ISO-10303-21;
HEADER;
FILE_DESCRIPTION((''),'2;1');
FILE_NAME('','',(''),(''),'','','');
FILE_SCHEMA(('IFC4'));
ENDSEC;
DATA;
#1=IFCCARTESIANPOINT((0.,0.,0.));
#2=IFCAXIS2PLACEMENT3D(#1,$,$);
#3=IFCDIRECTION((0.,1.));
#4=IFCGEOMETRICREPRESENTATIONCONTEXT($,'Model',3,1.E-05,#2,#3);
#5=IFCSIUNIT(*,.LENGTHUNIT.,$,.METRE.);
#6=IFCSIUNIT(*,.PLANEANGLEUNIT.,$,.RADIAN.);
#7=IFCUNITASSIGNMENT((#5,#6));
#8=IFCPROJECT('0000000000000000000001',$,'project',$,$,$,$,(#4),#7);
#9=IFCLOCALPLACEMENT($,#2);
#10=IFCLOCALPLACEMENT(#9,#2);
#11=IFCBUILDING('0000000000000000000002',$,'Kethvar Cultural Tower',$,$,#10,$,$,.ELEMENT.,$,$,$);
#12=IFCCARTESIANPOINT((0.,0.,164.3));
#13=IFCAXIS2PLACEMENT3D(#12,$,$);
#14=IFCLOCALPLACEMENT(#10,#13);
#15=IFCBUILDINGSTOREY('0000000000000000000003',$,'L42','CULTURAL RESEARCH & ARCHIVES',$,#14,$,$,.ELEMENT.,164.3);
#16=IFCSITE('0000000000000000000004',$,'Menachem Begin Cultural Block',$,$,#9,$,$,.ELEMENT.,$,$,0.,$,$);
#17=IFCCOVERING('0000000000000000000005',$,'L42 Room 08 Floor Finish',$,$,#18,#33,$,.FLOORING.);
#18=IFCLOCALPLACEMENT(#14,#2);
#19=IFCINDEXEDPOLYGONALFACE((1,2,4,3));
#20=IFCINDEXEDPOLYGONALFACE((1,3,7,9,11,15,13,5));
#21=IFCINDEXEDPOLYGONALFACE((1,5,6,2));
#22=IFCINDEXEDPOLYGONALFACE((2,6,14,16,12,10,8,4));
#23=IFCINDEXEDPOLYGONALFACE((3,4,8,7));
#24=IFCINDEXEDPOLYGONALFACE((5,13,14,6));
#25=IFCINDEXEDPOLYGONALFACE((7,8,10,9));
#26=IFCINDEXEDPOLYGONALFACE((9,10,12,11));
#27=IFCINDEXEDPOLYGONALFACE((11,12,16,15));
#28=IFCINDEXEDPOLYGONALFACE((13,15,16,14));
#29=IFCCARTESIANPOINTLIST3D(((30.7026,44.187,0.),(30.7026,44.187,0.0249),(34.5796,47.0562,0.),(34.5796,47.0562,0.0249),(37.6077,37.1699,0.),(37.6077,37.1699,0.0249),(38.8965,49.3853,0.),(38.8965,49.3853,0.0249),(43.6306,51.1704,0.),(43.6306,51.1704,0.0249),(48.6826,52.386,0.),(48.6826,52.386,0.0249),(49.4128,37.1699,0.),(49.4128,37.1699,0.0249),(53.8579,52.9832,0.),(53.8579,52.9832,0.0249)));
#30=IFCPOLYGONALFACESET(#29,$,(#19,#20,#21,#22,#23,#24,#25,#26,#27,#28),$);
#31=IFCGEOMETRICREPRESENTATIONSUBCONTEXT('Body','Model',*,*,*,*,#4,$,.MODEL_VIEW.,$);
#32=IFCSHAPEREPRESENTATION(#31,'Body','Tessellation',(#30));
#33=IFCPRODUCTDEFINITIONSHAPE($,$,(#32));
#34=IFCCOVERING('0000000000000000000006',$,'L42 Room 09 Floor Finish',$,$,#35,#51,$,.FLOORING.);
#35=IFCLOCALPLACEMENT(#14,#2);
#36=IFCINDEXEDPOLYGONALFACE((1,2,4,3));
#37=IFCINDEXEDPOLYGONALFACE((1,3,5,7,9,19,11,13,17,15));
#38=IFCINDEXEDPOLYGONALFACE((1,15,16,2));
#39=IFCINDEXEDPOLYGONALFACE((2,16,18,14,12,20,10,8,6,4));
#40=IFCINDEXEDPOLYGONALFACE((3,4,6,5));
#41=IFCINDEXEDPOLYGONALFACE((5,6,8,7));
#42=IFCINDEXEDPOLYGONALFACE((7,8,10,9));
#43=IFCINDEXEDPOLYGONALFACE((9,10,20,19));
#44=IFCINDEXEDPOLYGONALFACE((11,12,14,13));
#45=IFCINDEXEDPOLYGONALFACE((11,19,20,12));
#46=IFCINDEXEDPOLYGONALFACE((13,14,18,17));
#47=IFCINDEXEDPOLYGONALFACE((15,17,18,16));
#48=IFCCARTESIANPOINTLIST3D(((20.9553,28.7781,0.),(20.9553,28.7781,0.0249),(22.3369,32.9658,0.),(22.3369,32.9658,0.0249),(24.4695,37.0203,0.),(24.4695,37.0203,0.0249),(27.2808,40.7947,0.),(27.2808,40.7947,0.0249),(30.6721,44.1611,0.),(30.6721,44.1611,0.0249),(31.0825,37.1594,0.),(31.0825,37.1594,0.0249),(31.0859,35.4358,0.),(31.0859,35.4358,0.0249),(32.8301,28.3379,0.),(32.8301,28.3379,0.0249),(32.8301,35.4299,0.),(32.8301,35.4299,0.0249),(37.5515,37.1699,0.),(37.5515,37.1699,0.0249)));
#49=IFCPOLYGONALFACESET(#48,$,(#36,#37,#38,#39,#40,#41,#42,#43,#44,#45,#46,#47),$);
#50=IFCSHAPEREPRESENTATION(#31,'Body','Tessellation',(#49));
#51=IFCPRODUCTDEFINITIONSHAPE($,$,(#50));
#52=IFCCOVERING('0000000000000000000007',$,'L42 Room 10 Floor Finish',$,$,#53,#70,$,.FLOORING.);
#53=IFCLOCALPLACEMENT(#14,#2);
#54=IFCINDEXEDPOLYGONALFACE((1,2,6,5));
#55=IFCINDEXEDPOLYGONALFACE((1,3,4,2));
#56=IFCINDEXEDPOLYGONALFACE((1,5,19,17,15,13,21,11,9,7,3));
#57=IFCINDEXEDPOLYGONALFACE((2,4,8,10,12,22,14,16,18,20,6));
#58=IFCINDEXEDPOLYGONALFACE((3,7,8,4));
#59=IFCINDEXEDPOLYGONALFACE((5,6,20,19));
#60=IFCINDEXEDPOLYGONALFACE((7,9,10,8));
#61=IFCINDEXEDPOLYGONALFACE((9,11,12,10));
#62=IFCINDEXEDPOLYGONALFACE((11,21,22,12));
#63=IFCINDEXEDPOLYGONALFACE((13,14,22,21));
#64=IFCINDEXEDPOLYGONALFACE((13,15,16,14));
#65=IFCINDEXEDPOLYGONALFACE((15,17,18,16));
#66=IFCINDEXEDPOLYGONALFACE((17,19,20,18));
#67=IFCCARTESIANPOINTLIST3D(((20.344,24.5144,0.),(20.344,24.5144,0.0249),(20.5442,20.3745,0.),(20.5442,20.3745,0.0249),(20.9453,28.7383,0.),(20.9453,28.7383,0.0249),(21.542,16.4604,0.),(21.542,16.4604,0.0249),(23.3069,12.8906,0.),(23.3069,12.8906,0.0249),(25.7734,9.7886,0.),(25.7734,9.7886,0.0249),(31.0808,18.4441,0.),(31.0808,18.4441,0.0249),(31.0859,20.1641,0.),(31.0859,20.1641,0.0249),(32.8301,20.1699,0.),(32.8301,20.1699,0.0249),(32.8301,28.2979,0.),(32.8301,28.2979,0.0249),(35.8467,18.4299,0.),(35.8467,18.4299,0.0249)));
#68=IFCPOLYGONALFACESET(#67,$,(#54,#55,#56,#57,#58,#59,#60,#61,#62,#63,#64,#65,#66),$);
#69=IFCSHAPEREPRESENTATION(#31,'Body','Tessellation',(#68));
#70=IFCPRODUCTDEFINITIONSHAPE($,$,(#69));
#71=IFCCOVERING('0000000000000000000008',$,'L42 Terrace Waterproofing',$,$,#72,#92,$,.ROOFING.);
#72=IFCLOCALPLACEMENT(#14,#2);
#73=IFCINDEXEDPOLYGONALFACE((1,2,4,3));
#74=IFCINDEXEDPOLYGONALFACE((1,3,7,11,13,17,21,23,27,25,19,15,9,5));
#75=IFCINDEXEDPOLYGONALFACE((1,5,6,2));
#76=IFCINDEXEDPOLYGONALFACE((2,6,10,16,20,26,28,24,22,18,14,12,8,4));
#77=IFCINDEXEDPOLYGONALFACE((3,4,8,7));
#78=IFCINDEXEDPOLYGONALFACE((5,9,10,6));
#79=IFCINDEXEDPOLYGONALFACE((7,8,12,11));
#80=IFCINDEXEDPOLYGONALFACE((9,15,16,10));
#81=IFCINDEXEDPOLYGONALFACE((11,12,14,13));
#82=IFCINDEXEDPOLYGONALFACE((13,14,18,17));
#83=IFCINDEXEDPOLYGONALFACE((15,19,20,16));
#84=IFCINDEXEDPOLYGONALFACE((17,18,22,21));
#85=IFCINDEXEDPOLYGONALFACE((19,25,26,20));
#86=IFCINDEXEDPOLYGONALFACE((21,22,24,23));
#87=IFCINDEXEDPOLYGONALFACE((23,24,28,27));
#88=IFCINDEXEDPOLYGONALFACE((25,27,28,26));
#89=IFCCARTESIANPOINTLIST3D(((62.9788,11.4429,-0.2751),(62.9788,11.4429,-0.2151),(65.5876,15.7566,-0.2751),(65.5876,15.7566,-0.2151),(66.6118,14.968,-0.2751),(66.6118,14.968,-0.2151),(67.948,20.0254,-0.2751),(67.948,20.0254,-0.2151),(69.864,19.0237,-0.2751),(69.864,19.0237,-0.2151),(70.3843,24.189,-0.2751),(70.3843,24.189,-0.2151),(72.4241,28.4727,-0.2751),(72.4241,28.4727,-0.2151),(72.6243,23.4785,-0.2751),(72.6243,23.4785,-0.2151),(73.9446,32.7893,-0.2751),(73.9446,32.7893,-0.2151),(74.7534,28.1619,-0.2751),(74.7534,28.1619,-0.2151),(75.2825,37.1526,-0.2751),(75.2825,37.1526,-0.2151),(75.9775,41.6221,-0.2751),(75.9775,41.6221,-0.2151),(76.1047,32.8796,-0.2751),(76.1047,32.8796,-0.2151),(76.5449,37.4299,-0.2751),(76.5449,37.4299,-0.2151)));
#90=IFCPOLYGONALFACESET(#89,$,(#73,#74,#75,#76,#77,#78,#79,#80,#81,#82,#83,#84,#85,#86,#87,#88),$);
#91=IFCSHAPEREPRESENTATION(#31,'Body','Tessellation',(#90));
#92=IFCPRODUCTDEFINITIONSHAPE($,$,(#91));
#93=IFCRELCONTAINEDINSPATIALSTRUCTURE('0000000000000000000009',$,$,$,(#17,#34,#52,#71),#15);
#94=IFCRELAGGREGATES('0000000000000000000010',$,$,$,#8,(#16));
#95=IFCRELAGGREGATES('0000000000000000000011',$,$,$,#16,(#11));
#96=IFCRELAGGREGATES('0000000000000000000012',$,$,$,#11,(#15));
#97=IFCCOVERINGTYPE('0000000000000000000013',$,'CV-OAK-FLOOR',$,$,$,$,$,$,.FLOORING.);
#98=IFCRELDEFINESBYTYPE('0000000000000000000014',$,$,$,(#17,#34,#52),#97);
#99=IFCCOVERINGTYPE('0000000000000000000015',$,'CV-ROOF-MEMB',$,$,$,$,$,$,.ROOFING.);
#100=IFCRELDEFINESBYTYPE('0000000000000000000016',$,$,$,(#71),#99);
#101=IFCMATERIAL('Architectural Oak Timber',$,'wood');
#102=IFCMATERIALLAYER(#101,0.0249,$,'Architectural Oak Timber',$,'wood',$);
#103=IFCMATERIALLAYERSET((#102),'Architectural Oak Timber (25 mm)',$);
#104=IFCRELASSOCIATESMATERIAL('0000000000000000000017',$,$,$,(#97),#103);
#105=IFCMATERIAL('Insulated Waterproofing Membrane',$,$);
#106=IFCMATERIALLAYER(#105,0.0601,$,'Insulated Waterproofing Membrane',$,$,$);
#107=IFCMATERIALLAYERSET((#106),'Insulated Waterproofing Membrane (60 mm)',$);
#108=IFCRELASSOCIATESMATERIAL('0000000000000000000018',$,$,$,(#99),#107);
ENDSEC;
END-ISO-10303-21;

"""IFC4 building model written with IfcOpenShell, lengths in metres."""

from ifc_helpers import new_model, si_unit, direction, frame, origin, place, context, subcontext, project, spatial, polyline, outline, extrude, material, layer, layer_set, type_object, element, save


model = new_model("IFC4")

# Units and contexts
model_context = context("Model", 3, precision=1e-05, world=origin(), true_north=direction((0.0, 1.0)))
body_context = subcontext(model_context, "Body", "Model", "MODEL_VIEW")
ifc_project = project(units=[si_unit("LENGTHUNIT", "METRE"), si_unit("PLANEANGLEUNIT", "RADIAN")], contexts=[model_context])

# Site, building, storey
site_placement = place(None, origin())
site = spatial("IfcSite", under=ifc_project, at=site_placement, Name="Menachem Begin Cultural Block", CompositionType="ELEMENT", RefElevation=0.0)
building_placement = place(site_placement, origin())
building = spatial("IfcBuilding", under=site, at=building_placement, Name="Kethvar Cultural Tower", CompositionType="ELEMENT")
storey_placement = place(building_placement, frame((0.0, 0.0, 164.3)))
storey = spatial("IfcBuildingStorey", under=building, at=storey_placement, Name="L42", Description="CULTURAL RESEARCH & ARCHIVES", CompositionType="ELEMENT", Elevation=164.3)

# Coverings
ifc_material_1 = material(Name="Architectural Oak Timber", Category="wood")
ifc_layer_1 = layer(ifc_material_1, 0.0249, Name="Architectural Oak Timber", Category="wood")
ifc_layer_set_1 = layer_set([ifc_layer_1], Name="Architectural Oak Timber (25 mm)")
covering_type_1 = type_object("IfcCoveringType", Name="CV-OAK-FLOOR", PredefinedType="FLOORING", material=ifc_layer_set_1)
covering_1_placement = place(storey_placement, origin())
element("IfcCovering", 1, at=covering_1_placement, inside=storey, type_object=covering_type_1, Name="L42 Room 08 Floor Finish", PredefinedType="FLOORING", context=body_context, shape_type="SweptSolid", body=[
    extrude(outline(polyline([(34.5796, 47.0562), (38.8965, 49.3853), (43.6306, 51.1704), (48.6826, 52.386), (53.8579, 52.9832), (49.4128, 37.1699), (37.6077, 37.1699), (30.7026, 44.187), (34.5796, 47.0562)])), origin(), (0.0, 0.0, 1.0), 0.0249),
])
covering_2_placement = place(storey_placement, origin())
element("IfcCovering", 2, at=covering_2_placement, inside=storey, type_object=covering_type_1, Name="L42 Room 09 Floor Finish", PredefinedType="FLOORING", context=body_context, shape_type="SweptSolid", body=[
    extrude(outline(polyline([(20.9553, 28.7781), (22.3369, 32.9658), (24.4695, 37.0203), (27.2808, 40.7947), (30.6721, 44.1611), (37.5515, 37.1699), (31.0825, 37.1594), (31.0859, 35.4358), (32.8301, 35.4299), (32.8301, 28.3379), (20.9553, 28.7781)])), origin(), (0.0, 0.0, 1.0), 0.0249),
])
covering_3_placement = place(storey_placement, origin())
element("IfcCovering", 3, at=covering_3_placement, inside=storey, type_object=covering_type_1, Name="L42 Room 10 Floor Finish", PredefinedType="FLOORING", context=body_context, shape_type="SweptSolid", body=[
    extrude(outline(polyline([(23.3069, 12.8906), (21.542, 16.4604), (20.5442, 20.3745), (20.344, 24.5144), (20.9453, 28.7383), (32.8301, 28.2979), (32.8301, 20.1699), (31.0859, 20.1641), (31.0808, 18.4441), (35.8467, 18.4299), (25.7734, 9.7886), (23.3069, 12.8906)])), origin(), (0.0, 0.0, 1.0), 0.0249),
])
ifc_material_2 = material(Name="Insulated Waterproofing Membrane")
ifc_layer_2 = layer(ifc_material_2, 0.0601, Name="Insulated Waterproofing Membrane")
ifc_layer_set_2 = layer_set([ifc_layer_2], Name="Insulated Waterproofing Membrane (60 mm)")
covering_type_2 = type_object("IfcCoveringType", Name="CV-ROOF-MEMB", PredefinedType="ROOFING", material=ifc_layer_set_2)
covering_4_placement = place(storey_placement, frame((0.0, 0.0, -0.2751)))
element("IfcCovering", 4, at=covering_4_placement, inside=storey, type_object=covering_type_2, Name="L42 Terrace Waterproofing", PredefinedType="ROOFING", context=body_context, shape_type="SweptSolid", body=[
    extrude(outline(polyline([(62.9788, 11.4429), (66.6118, 14.968), (69.864, 19.0237), (72.6243, 23.4785), (74.7534, 28.1619), (76.1047, 32.8796), (76.5449, 37.4299), (75.9775, 41.6221), (75.2825, 37.1526), (73.9446, 32.7893), (72.4241, 28.4727), (70.3843, 24.189), (67.948, 20.0254), (65.5876, 15.7566), (62.9788, 11.4429)])), origin(), (0.0, 0.0, 1.0), 0.0601),
])

save(model, "model.ifc")
